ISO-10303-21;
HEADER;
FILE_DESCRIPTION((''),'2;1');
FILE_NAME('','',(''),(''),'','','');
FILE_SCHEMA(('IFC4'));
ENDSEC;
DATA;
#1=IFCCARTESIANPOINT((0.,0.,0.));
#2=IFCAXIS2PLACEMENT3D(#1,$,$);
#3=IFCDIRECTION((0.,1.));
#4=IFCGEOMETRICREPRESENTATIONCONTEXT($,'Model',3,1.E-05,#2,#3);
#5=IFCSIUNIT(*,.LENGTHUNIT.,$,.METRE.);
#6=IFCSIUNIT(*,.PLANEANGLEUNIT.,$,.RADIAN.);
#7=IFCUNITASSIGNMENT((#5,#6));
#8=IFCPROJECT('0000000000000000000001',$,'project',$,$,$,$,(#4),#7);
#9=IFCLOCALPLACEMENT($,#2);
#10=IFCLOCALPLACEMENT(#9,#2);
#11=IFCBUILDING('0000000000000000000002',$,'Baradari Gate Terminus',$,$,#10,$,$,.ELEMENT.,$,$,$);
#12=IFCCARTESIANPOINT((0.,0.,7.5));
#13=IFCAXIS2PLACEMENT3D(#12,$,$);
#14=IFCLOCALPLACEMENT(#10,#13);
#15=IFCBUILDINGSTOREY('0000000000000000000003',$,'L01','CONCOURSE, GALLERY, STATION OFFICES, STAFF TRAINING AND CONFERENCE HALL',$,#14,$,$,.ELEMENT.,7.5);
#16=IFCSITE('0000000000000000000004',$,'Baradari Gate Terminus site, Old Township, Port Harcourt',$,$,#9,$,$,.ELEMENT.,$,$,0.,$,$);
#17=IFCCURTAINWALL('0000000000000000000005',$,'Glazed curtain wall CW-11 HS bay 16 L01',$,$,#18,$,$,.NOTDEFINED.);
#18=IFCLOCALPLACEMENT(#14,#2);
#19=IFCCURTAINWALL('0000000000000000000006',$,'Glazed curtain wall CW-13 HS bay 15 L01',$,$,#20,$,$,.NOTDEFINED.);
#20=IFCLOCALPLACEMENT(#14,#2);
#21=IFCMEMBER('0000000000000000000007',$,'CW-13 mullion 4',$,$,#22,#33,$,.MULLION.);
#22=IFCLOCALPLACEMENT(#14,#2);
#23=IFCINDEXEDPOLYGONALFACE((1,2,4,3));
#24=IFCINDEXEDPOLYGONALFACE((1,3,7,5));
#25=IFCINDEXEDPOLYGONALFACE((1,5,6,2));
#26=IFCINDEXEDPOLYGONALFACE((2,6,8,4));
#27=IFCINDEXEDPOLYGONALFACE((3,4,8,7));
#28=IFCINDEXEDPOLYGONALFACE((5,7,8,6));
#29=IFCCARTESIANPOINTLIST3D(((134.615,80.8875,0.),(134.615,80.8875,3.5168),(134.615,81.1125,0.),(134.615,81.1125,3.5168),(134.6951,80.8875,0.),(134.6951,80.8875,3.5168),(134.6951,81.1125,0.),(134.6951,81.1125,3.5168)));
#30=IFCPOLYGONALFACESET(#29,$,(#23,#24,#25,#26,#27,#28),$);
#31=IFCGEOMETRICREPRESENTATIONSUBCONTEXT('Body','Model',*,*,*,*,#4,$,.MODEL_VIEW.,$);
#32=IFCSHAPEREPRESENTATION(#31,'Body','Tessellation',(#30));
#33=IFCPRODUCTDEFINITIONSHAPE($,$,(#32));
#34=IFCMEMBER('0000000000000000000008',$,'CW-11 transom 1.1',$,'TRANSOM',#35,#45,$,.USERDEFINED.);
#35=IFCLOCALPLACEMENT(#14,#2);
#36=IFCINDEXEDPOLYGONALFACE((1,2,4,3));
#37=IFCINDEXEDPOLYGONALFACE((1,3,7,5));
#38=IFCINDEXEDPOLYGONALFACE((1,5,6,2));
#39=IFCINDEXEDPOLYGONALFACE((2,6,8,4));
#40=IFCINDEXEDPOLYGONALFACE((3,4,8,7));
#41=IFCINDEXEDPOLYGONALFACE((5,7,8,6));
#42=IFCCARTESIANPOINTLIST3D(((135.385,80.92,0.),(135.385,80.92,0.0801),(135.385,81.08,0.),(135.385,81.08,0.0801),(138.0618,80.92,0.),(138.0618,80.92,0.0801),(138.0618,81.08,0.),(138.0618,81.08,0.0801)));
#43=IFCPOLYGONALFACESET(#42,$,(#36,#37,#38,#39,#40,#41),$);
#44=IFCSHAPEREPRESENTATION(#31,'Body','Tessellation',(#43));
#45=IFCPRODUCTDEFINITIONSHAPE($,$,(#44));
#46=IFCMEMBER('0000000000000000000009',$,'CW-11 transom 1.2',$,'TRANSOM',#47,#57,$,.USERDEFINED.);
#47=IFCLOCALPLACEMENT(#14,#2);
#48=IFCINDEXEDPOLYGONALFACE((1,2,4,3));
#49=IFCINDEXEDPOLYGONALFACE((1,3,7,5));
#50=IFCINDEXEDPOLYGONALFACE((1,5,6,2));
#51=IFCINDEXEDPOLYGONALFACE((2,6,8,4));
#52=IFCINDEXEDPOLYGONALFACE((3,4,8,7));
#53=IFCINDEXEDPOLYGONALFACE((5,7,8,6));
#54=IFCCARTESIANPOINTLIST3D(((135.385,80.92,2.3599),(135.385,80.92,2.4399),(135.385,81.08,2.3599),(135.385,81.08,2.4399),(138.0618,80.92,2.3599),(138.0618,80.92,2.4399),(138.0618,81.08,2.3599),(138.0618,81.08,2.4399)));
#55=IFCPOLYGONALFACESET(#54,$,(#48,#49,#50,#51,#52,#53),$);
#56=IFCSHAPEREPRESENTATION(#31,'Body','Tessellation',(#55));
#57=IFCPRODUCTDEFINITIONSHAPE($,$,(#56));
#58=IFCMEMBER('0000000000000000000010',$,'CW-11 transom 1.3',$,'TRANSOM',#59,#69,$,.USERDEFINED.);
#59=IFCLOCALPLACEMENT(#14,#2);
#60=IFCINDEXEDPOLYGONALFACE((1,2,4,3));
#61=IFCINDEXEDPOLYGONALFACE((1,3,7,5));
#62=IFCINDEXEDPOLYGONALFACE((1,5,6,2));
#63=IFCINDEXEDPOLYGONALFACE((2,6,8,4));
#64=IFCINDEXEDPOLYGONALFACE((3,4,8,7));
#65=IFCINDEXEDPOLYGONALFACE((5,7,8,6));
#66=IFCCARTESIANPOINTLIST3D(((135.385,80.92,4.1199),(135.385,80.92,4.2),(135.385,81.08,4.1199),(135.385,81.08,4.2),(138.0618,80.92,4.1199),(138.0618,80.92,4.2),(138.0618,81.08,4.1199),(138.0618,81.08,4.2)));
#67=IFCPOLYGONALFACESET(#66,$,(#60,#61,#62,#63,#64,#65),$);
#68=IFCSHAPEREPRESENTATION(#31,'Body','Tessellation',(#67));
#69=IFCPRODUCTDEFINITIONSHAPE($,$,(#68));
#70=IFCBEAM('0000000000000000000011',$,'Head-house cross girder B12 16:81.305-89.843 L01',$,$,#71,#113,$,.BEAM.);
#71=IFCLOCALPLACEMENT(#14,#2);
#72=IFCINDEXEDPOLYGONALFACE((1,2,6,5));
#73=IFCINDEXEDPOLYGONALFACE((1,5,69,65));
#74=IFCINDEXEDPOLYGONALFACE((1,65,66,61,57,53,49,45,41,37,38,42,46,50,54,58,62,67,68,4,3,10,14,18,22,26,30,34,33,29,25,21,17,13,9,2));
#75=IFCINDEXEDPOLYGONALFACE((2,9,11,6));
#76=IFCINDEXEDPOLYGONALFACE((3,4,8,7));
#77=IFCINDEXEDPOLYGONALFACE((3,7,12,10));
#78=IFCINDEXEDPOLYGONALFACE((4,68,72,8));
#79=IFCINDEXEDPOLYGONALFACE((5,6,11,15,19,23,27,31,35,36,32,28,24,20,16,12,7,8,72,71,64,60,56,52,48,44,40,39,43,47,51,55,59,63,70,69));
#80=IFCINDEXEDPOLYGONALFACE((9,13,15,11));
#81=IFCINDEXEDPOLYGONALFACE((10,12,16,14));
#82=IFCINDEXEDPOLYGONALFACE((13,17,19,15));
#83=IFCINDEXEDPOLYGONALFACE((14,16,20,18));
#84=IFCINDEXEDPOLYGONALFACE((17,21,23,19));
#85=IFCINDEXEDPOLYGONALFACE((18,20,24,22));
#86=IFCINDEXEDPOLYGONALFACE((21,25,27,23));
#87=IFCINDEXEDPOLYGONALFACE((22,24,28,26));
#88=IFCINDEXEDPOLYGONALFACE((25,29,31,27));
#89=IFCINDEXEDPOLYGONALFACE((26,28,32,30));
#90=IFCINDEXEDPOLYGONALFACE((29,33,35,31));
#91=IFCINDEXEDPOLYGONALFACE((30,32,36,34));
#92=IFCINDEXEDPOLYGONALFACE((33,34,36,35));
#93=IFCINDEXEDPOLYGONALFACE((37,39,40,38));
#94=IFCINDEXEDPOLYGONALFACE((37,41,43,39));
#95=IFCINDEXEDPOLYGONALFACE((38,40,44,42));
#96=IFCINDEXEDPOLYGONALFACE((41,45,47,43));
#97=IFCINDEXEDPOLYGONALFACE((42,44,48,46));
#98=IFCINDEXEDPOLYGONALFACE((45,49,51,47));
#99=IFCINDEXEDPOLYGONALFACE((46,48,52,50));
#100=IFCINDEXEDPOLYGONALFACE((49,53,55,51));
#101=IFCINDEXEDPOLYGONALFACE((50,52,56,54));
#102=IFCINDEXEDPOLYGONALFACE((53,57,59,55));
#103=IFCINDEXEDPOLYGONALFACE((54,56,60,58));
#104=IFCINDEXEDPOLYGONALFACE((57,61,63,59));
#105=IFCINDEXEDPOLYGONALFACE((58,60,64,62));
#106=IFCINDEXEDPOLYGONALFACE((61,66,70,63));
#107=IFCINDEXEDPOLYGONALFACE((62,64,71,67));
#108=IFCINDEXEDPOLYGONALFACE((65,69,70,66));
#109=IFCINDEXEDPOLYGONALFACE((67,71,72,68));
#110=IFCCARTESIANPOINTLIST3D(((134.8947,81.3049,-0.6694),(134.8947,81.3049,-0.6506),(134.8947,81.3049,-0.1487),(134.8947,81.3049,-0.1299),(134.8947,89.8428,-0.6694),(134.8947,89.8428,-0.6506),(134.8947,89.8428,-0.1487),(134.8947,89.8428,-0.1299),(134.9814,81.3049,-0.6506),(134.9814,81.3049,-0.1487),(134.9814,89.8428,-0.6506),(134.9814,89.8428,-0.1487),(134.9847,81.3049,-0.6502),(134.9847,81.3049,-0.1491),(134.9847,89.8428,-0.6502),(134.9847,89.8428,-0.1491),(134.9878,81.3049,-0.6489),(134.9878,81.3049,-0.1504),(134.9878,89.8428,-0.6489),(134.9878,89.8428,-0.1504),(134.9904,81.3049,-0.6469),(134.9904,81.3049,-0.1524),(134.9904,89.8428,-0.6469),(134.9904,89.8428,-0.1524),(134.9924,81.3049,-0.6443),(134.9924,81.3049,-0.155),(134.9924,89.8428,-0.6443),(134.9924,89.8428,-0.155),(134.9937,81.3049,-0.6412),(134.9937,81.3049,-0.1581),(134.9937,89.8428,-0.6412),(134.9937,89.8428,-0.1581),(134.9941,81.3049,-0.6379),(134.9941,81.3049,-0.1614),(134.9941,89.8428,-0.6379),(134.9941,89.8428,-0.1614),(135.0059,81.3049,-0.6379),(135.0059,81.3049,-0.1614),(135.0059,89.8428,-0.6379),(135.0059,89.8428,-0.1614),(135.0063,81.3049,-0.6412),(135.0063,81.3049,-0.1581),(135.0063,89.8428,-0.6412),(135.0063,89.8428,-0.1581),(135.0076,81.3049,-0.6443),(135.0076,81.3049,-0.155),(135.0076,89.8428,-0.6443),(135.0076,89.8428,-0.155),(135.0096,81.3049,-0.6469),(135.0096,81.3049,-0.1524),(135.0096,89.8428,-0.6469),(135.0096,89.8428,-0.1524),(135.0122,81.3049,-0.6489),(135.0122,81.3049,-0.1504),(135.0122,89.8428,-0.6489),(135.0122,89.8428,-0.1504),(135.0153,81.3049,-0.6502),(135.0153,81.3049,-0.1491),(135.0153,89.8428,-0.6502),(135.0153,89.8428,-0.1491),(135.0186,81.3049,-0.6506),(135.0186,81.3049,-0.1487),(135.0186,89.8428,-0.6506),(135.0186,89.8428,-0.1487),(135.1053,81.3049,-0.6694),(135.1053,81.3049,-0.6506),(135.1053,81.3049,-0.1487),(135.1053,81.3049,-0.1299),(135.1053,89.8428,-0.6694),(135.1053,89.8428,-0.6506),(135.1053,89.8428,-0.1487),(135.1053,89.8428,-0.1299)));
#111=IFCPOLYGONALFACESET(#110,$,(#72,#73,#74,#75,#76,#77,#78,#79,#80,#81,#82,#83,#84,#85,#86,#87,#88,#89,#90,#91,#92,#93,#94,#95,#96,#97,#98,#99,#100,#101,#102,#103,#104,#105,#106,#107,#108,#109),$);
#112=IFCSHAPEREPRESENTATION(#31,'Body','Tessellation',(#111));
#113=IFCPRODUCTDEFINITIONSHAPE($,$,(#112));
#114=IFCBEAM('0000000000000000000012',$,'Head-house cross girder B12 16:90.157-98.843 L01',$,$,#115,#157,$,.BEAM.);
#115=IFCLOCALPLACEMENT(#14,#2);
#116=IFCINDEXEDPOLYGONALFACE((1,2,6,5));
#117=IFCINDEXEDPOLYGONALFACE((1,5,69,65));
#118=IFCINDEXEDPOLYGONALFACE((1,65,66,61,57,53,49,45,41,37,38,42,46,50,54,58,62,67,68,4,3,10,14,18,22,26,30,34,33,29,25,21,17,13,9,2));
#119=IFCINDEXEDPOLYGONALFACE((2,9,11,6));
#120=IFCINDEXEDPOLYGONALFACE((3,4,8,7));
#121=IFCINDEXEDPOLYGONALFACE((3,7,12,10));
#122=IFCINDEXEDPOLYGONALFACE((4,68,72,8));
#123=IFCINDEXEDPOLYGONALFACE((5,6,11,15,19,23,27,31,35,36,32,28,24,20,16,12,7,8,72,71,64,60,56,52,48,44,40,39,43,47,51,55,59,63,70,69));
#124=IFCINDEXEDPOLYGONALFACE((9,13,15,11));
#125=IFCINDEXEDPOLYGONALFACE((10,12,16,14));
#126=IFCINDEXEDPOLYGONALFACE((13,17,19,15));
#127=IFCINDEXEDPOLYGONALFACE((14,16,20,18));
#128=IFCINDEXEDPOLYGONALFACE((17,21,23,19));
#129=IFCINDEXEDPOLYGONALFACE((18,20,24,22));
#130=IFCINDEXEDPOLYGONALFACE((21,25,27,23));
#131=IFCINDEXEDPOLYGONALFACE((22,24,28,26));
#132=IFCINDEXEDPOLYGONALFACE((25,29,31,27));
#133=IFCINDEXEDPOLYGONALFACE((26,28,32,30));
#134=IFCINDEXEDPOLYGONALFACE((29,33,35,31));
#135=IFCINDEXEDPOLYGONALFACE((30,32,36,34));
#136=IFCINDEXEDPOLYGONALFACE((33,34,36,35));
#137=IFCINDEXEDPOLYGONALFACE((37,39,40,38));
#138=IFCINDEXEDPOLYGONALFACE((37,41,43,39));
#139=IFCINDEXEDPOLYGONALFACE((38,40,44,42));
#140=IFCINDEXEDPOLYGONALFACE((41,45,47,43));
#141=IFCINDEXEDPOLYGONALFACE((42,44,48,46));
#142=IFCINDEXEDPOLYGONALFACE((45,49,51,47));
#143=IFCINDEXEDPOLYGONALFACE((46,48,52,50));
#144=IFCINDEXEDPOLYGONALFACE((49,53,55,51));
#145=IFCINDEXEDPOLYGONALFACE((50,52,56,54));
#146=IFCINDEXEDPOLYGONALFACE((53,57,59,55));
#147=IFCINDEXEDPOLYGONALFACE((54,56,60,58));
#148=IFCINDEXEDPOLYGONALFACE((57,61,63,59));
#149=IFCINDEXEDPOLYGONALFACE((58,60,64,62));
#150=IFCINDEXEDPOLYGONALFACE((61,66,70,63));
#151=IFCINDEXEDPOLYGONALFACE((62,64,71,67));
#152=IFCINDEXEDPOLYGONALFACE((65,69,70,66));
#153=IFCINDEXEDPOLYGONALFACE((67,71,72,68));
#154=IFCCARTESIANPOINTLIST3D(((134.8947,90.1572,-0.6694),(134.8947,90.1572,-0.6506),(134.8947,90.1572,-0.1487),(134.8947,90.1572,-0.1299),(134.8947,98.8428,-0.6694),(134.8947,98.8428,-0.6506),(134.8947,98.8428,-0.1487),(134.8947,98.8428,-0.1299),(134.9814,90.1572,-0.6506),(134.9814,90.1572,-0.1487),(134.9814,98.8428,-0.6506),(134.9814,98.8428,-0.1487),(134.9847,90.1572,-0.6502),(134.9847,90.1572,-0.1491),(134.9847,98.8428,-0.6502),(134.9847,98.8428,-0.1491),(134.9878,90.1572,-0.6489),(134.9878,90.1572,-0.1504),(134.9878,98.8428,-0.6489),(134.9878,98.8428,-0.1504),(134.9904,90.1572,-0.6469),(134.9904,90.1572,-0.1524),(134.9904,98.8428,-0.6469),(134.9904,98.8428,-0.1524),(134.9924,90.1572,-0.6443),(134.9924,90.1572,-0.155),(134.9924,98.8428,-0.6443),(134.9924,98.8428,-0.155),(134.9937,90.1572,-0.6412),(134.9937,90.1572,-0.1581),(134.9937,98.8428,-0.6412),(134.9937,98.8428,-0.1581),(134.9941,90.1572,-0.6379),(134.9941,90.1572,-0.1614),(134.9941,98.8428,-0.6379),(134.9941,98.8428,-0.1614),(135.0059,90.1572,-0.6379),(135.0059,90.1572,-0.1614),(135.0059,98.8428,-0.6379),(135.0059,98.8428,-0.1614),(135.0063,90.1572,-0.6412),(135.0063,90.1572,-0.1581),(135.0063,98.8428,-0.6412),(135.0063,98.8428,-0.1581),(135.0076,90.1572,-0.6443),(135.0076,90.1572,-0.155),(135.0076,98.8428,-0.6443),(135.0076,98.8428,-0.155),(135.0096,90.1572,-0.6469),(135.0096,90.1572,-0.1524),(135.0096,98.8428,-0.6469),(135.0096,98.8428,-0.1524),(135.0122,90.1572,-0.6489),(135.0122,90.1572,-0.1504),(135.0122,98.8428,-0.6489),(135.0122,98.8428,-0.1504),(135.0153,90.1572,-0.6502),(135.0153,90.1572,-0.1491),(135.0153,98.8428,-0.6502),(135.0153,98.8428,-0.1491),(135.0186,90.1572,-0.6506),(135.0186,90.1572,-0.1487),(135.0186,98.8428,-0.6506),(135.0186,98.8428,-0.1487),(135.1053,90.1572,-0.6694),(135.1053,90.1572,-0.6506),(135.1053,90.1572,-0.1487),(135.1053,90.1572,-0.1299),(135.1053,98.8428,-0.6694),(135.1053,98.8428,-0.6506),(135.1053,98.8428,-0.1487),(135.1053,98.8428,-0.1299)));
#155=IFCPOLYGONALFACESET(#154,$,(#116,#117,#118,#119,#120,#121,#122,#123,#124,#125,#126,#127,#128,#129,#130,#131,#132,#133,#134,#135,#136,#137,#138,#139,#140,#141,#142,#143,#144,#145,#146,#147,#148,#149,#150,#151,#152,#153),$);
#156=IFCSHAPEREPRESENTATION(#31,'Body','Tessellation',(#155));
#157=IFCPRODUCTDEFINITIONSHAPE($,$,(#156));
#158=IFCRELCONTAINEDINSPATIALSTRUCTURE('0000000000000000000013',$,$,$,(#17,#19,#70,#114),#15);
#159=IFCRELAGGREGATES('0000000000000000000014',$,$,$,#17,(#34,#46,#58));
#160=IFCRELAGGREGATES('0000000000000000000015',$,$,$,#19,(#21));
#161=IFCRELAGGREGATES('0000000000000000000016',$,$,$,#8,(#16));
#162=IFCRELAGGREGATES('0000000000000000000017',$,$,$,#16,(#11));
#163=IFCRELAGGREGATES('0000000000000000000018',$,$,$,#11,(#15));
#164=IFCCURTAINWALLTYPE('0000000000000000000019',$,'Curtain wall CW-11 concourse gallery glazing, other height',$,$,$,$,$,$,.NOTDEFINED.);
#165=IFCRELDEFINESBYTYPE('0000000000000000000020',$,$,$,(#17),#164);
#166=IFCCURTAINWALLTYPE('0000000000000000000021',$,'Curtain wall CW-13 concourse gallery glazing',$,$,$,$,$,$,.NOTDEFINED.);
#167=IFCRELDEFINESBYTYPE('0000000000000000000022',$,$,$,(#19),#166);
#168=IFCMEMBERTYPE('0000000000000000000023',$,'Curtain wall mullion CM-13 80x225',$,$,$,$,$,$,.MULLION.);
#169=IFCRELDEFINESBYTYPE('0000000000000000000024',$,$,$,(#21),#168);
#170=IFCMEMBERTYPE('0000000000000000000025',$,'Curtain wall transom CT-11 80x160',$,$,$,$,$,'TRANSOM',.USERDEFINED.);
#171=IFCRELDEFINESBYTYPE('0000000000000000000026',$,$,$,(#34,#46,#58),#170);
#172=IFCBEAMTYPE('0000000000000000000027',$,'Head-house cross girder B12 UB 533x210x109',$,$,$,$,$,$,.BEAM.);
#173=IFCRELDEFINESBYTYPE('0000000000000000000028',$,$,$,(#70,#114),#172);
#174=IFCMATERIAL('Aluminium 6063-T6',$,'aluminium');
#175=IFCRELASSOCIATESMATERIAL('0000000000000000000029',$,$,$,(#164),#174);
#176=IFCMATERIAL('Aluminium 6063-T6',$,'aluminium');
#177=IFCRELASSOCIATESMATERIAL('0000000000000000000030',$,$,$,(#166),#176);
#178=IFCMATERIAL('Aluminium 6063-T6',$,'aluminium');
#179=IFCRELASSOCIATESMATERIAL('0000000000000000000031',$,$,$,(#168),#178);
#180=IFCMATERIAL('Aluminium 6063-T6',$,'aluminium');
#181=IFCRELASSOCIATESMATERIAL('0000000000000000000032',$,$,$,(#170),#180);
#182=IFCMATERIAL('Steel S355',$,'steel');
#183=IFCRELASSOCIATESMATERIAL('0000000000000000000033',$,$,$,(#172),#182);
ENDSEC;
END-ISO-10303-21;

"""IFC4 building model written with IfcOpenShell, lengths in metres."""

from ifc_helpers import new_model, si_unit, direction, frame, origin, origin_2d, place, context, subcontext, project, spatial, rectangle, i_section, extrude, material, material_profile, profile_set, type_object, element, aggregate, save


model = new_model("IFC4")

# Units and contexts
model_context = context("Model", 3, precision=1e-05, world=origin(), true_north=direction((0.0, 1.0)))
body_context = subcontext(model_context, "Body", "Model", "MODEL_VIEW")
ifc_project = project(units=[si_unit("LENGTHUNIT", "METRE"), si_unit("PLANEANGLEUNIT", "RADIAN")], contexts=[model_context])

# Site, building, storey
site_placement = place(None, origin())
site = spatial("IfcSite", under=ifc_project, at=site_placement, Name="Baradari Gate Terminus site, Old Township, Port Harcourt", CompositionType="ELEMENT", RefElevation=0.0)
building_placement = place(site_placement, origin())
building = spatial("IfcBuilding", under=site, at=building_placement, Name="Baradari Gate Terminus", CompositionType="ELEMENT")
storey_placement = place(building_placement, frame((0.0, 0.0, 7.5)))
storey = spatial("IfcBuildingStorey", under=building, at=storey_placement, Name="L01", Description="CONCOURSE, GALLERY, STATION OFFICES, STAFF TRAINING AND CONFERENCE HALL", CompositionType="ELEMENT", Elevation=7.5)

# Curtain walls, member
ifc_material_1 = material(Name="Aluminium 6063-T6", Category="aluminium")
curtain_wall_type_1 = type_object("IfcCurtainWallType", Name="Curtain wall CW-11 concourse gallery glazing, other height", PredefinedType="NOTDEFINED", material=ifc_material_1)
curtain_wall_1_placement = place(storey_placement, origin())
curtain_wall_1 = element("IfcCurtainWall", 1, at=curtain_wall_1_placement, inside=storey, type_object=curtain_wall_type_1, Name="Glazed curtain wall CW-11 HS bay 16 L01", PredefinedType="NOTDEFINED")
ifc_material_2 = material(Name="Aluminium 6063-T6", Category="aluminium")
curtain_wall_type_2 = type_object("IfcCurtainWallType", Name="Curtain wall CW-13 concourse gallery glazing", PredefinedType="NOTDEFINED", material=ifc_material_2)
curtain_wall_2_placement = place(storey_placement, origin())
curtain_wall_2 = element("IfcCurtainWall", 2, at=curtain_wall_2_placement, inside=storey, type_object=curtain_wall_type_2, Name="Glazed curtain wall CW-13 HS bay 15 L01", PredefinedType="NOTDEFINED")
ifc_material_3 = material(Name="Aluminium 6063-T6", Category="aluminium")
ifc_material_profile_1 = material_profile(ifc_material_3, rectangle(XDim=0.2251, YDim=0.0801, at=origin_2d()), Name="CM-13 80X225")
ifc_profile_set_1 = profile_set([ifc_material_profile_1], Name="Aluminium 6063-T6")
member_type_1 = type_object("IfcMemberType", Name="Curtain wall mullion CM-13 80x225", PredefinedType="MULLION", material=ifc_profile_set_1)
member_1_placement = place(storey_placement, frame((134.655, 81.0, 0.0), z_axis=(0.0, 0.0, 1.0), x_axis=(0.0, 1.0, 0.0)))
member_1 = element("IfcMember", 3, at=member_1_placement, type_object=member_type_1, Name="CW-13 mullion 4", PredefinedType="MULLION", context=body_context, shape_type="SweptSolid", body=[
    extrude(rectangle(XDim=0.2251, YDim=0.0801, at=origin_2d()), origin(), (0.0, 0.0, 1.0), 3.5168),
])

# Members
ifc_material_4 = material(Name="Aluminium 6063-T6", Category="aluminium")
ifc_material_profile_2 = material_profile(ifc_material_4, rectangle(XDim=0.1599, YDim=0.0801, at=origin_2d()), Name="CT-11 80X160")
ifc_profile_set_2 = profile_set([ifc_material_profile_2], Name="Aluminium 6063-T6")
member_type_2 = type_object("IfcMemberType", Name="Curtain wall transom CT-11 80x160", ElementType="TRANSOM", PredefinedType="USERDEFINED", material=ifc_profile_set_2)
member_2_placement = place(storey_placement, frame((135.385, 81.0, 0.04), z_axis=(1.0, 0.0, 0.0), x_axis=(0.0, 1.0, 0.0)))
member_2 = element("IfcMember", 4, at=member_2_placement, type_object=member_type_2, Name="CW-11 transom 1.1", ObjectType="TRANSOM", PredefinedType="USERDEFINED", context=body_context, shape_type="SweptSolid", body=[
    extrude(rectangle(XDim=0.1599, YDim=0.0801, at=origin_2d()), origin(), (0.0, 0.0, 1.0), 2.6768),
])
member_3_placement = place(storey_placement, frame((135.385, 81.0, 2.3999), z_axis=(1.0, 0.0, 0.0), x_axis=(0.0, 1.0, 0.0)))
member_3 = element("IfcMember", 5, at=member_3_placement, type_object=member_type_2, Name="CW-11 transom 1.2", ObjectType="TRANSOM", PredefinedType="USERDEFINED", context=body_context, shape_type="SweptSolid", body=[
    extrude(rectangle(XDim=0.1599, YDim=0.0801, at=origin_2d()), origin(), (0.0, 0.0, 1.0), 2.6768),
])
member_4_placement = place(storey_placement, frame((135.385, 81.0, 4.1599), z_axis=(1.0, 0.0, 0.0), x_axis=(0.0, 1.0, 0.0)))
member_4 = element("IfcMember", 6, at=member_4_placement, type_object=member_type_2, Name="CW-11 transom 1.3", ObjectType="TRANSOM", PredefinedType="USERDEFINED", context=body_context, shape_type="SweptSolid", body=[
    extrude(rectangle(XDim=0.1599, YDim=0.0801, at=origin_2d()), origin(), (0.0, 0.0, 1.0), 2.6768),
])
aggregate(curtain_wall_1, [member_2, member_3, member_4])

# Beams
ifc_material_5 = material(Name="Steel S355", Category="steel")
ifc_material_profile_3 = material_profile(ifc_material_5, i_section(OverallWidth=0.2107, OverallDepth=0.5396, WebThickness=0.0117, FlangeThickness=0.0188, FilletRadius=0.0127, at=origin_2d()), Name="UB 533x210x109")
ifc_profile_set_3 = profile_set([ifc_material_profile_3], Name="Steel S355")
beam_type_1 = type_object("IfcBeamType", Name="Head-house cross girder B12 UB 533x210x109", PredefinedType="BEAM", material=ifc_profile_set_3)
beam_1_placement = place(storey_placement, frame((135.0, 81.3049, -0.3997), z_axis=(0.0, 1.0, 0.0), x_axis=(-1.0, 0.0, 0.0)))
element("IfcBeam", 7, at=beam_1_placement, inside=storey, type_object=beam_type_1, Name="Head-house cross girder B12 16:81.305-89.843 L01", PredefinedType="BEAM", context=body_context, shape_type="SweptSolid", body=[
    extrude(i_section(OverallWidth=0.2107, OverallDepth=0.5396, WebThickness=0.0117, FlangeThickness=0.0188, FilletRadius=0.0127, at=origin_2d()), origin(), (0.0, 0.0, 1.0), 8.5378),
])
beam_2_placement = place(storey_placement, frame((135.0, 90.1572, -0.3997), z_axis=(0.0, 1.0, 0.0), x_axis=(-1.0, 0.0, 0.0)))
element("IfcBeam", 8, at=beam_2_placement, inside=storey, type_object=beam_type_1, Name="Head-house cross girder B12 16:90.157-98.843 L01", PredefinedType="BEAM", context=body_context, shape_type="SweptSolid", body=[
    extrude(i_section(OverallWidth=0.2107, OverallDepth=0.5396, WebThickness=0.0117, FlangeThickness=0.0188, FilletRadius=0.0127, at=origin_2d()), origin(), (0.0, 0.0, 1.0), 8.6855),
])

aggregate(curtain_wall_2, [member_1])

save(model, "model.ifc")
